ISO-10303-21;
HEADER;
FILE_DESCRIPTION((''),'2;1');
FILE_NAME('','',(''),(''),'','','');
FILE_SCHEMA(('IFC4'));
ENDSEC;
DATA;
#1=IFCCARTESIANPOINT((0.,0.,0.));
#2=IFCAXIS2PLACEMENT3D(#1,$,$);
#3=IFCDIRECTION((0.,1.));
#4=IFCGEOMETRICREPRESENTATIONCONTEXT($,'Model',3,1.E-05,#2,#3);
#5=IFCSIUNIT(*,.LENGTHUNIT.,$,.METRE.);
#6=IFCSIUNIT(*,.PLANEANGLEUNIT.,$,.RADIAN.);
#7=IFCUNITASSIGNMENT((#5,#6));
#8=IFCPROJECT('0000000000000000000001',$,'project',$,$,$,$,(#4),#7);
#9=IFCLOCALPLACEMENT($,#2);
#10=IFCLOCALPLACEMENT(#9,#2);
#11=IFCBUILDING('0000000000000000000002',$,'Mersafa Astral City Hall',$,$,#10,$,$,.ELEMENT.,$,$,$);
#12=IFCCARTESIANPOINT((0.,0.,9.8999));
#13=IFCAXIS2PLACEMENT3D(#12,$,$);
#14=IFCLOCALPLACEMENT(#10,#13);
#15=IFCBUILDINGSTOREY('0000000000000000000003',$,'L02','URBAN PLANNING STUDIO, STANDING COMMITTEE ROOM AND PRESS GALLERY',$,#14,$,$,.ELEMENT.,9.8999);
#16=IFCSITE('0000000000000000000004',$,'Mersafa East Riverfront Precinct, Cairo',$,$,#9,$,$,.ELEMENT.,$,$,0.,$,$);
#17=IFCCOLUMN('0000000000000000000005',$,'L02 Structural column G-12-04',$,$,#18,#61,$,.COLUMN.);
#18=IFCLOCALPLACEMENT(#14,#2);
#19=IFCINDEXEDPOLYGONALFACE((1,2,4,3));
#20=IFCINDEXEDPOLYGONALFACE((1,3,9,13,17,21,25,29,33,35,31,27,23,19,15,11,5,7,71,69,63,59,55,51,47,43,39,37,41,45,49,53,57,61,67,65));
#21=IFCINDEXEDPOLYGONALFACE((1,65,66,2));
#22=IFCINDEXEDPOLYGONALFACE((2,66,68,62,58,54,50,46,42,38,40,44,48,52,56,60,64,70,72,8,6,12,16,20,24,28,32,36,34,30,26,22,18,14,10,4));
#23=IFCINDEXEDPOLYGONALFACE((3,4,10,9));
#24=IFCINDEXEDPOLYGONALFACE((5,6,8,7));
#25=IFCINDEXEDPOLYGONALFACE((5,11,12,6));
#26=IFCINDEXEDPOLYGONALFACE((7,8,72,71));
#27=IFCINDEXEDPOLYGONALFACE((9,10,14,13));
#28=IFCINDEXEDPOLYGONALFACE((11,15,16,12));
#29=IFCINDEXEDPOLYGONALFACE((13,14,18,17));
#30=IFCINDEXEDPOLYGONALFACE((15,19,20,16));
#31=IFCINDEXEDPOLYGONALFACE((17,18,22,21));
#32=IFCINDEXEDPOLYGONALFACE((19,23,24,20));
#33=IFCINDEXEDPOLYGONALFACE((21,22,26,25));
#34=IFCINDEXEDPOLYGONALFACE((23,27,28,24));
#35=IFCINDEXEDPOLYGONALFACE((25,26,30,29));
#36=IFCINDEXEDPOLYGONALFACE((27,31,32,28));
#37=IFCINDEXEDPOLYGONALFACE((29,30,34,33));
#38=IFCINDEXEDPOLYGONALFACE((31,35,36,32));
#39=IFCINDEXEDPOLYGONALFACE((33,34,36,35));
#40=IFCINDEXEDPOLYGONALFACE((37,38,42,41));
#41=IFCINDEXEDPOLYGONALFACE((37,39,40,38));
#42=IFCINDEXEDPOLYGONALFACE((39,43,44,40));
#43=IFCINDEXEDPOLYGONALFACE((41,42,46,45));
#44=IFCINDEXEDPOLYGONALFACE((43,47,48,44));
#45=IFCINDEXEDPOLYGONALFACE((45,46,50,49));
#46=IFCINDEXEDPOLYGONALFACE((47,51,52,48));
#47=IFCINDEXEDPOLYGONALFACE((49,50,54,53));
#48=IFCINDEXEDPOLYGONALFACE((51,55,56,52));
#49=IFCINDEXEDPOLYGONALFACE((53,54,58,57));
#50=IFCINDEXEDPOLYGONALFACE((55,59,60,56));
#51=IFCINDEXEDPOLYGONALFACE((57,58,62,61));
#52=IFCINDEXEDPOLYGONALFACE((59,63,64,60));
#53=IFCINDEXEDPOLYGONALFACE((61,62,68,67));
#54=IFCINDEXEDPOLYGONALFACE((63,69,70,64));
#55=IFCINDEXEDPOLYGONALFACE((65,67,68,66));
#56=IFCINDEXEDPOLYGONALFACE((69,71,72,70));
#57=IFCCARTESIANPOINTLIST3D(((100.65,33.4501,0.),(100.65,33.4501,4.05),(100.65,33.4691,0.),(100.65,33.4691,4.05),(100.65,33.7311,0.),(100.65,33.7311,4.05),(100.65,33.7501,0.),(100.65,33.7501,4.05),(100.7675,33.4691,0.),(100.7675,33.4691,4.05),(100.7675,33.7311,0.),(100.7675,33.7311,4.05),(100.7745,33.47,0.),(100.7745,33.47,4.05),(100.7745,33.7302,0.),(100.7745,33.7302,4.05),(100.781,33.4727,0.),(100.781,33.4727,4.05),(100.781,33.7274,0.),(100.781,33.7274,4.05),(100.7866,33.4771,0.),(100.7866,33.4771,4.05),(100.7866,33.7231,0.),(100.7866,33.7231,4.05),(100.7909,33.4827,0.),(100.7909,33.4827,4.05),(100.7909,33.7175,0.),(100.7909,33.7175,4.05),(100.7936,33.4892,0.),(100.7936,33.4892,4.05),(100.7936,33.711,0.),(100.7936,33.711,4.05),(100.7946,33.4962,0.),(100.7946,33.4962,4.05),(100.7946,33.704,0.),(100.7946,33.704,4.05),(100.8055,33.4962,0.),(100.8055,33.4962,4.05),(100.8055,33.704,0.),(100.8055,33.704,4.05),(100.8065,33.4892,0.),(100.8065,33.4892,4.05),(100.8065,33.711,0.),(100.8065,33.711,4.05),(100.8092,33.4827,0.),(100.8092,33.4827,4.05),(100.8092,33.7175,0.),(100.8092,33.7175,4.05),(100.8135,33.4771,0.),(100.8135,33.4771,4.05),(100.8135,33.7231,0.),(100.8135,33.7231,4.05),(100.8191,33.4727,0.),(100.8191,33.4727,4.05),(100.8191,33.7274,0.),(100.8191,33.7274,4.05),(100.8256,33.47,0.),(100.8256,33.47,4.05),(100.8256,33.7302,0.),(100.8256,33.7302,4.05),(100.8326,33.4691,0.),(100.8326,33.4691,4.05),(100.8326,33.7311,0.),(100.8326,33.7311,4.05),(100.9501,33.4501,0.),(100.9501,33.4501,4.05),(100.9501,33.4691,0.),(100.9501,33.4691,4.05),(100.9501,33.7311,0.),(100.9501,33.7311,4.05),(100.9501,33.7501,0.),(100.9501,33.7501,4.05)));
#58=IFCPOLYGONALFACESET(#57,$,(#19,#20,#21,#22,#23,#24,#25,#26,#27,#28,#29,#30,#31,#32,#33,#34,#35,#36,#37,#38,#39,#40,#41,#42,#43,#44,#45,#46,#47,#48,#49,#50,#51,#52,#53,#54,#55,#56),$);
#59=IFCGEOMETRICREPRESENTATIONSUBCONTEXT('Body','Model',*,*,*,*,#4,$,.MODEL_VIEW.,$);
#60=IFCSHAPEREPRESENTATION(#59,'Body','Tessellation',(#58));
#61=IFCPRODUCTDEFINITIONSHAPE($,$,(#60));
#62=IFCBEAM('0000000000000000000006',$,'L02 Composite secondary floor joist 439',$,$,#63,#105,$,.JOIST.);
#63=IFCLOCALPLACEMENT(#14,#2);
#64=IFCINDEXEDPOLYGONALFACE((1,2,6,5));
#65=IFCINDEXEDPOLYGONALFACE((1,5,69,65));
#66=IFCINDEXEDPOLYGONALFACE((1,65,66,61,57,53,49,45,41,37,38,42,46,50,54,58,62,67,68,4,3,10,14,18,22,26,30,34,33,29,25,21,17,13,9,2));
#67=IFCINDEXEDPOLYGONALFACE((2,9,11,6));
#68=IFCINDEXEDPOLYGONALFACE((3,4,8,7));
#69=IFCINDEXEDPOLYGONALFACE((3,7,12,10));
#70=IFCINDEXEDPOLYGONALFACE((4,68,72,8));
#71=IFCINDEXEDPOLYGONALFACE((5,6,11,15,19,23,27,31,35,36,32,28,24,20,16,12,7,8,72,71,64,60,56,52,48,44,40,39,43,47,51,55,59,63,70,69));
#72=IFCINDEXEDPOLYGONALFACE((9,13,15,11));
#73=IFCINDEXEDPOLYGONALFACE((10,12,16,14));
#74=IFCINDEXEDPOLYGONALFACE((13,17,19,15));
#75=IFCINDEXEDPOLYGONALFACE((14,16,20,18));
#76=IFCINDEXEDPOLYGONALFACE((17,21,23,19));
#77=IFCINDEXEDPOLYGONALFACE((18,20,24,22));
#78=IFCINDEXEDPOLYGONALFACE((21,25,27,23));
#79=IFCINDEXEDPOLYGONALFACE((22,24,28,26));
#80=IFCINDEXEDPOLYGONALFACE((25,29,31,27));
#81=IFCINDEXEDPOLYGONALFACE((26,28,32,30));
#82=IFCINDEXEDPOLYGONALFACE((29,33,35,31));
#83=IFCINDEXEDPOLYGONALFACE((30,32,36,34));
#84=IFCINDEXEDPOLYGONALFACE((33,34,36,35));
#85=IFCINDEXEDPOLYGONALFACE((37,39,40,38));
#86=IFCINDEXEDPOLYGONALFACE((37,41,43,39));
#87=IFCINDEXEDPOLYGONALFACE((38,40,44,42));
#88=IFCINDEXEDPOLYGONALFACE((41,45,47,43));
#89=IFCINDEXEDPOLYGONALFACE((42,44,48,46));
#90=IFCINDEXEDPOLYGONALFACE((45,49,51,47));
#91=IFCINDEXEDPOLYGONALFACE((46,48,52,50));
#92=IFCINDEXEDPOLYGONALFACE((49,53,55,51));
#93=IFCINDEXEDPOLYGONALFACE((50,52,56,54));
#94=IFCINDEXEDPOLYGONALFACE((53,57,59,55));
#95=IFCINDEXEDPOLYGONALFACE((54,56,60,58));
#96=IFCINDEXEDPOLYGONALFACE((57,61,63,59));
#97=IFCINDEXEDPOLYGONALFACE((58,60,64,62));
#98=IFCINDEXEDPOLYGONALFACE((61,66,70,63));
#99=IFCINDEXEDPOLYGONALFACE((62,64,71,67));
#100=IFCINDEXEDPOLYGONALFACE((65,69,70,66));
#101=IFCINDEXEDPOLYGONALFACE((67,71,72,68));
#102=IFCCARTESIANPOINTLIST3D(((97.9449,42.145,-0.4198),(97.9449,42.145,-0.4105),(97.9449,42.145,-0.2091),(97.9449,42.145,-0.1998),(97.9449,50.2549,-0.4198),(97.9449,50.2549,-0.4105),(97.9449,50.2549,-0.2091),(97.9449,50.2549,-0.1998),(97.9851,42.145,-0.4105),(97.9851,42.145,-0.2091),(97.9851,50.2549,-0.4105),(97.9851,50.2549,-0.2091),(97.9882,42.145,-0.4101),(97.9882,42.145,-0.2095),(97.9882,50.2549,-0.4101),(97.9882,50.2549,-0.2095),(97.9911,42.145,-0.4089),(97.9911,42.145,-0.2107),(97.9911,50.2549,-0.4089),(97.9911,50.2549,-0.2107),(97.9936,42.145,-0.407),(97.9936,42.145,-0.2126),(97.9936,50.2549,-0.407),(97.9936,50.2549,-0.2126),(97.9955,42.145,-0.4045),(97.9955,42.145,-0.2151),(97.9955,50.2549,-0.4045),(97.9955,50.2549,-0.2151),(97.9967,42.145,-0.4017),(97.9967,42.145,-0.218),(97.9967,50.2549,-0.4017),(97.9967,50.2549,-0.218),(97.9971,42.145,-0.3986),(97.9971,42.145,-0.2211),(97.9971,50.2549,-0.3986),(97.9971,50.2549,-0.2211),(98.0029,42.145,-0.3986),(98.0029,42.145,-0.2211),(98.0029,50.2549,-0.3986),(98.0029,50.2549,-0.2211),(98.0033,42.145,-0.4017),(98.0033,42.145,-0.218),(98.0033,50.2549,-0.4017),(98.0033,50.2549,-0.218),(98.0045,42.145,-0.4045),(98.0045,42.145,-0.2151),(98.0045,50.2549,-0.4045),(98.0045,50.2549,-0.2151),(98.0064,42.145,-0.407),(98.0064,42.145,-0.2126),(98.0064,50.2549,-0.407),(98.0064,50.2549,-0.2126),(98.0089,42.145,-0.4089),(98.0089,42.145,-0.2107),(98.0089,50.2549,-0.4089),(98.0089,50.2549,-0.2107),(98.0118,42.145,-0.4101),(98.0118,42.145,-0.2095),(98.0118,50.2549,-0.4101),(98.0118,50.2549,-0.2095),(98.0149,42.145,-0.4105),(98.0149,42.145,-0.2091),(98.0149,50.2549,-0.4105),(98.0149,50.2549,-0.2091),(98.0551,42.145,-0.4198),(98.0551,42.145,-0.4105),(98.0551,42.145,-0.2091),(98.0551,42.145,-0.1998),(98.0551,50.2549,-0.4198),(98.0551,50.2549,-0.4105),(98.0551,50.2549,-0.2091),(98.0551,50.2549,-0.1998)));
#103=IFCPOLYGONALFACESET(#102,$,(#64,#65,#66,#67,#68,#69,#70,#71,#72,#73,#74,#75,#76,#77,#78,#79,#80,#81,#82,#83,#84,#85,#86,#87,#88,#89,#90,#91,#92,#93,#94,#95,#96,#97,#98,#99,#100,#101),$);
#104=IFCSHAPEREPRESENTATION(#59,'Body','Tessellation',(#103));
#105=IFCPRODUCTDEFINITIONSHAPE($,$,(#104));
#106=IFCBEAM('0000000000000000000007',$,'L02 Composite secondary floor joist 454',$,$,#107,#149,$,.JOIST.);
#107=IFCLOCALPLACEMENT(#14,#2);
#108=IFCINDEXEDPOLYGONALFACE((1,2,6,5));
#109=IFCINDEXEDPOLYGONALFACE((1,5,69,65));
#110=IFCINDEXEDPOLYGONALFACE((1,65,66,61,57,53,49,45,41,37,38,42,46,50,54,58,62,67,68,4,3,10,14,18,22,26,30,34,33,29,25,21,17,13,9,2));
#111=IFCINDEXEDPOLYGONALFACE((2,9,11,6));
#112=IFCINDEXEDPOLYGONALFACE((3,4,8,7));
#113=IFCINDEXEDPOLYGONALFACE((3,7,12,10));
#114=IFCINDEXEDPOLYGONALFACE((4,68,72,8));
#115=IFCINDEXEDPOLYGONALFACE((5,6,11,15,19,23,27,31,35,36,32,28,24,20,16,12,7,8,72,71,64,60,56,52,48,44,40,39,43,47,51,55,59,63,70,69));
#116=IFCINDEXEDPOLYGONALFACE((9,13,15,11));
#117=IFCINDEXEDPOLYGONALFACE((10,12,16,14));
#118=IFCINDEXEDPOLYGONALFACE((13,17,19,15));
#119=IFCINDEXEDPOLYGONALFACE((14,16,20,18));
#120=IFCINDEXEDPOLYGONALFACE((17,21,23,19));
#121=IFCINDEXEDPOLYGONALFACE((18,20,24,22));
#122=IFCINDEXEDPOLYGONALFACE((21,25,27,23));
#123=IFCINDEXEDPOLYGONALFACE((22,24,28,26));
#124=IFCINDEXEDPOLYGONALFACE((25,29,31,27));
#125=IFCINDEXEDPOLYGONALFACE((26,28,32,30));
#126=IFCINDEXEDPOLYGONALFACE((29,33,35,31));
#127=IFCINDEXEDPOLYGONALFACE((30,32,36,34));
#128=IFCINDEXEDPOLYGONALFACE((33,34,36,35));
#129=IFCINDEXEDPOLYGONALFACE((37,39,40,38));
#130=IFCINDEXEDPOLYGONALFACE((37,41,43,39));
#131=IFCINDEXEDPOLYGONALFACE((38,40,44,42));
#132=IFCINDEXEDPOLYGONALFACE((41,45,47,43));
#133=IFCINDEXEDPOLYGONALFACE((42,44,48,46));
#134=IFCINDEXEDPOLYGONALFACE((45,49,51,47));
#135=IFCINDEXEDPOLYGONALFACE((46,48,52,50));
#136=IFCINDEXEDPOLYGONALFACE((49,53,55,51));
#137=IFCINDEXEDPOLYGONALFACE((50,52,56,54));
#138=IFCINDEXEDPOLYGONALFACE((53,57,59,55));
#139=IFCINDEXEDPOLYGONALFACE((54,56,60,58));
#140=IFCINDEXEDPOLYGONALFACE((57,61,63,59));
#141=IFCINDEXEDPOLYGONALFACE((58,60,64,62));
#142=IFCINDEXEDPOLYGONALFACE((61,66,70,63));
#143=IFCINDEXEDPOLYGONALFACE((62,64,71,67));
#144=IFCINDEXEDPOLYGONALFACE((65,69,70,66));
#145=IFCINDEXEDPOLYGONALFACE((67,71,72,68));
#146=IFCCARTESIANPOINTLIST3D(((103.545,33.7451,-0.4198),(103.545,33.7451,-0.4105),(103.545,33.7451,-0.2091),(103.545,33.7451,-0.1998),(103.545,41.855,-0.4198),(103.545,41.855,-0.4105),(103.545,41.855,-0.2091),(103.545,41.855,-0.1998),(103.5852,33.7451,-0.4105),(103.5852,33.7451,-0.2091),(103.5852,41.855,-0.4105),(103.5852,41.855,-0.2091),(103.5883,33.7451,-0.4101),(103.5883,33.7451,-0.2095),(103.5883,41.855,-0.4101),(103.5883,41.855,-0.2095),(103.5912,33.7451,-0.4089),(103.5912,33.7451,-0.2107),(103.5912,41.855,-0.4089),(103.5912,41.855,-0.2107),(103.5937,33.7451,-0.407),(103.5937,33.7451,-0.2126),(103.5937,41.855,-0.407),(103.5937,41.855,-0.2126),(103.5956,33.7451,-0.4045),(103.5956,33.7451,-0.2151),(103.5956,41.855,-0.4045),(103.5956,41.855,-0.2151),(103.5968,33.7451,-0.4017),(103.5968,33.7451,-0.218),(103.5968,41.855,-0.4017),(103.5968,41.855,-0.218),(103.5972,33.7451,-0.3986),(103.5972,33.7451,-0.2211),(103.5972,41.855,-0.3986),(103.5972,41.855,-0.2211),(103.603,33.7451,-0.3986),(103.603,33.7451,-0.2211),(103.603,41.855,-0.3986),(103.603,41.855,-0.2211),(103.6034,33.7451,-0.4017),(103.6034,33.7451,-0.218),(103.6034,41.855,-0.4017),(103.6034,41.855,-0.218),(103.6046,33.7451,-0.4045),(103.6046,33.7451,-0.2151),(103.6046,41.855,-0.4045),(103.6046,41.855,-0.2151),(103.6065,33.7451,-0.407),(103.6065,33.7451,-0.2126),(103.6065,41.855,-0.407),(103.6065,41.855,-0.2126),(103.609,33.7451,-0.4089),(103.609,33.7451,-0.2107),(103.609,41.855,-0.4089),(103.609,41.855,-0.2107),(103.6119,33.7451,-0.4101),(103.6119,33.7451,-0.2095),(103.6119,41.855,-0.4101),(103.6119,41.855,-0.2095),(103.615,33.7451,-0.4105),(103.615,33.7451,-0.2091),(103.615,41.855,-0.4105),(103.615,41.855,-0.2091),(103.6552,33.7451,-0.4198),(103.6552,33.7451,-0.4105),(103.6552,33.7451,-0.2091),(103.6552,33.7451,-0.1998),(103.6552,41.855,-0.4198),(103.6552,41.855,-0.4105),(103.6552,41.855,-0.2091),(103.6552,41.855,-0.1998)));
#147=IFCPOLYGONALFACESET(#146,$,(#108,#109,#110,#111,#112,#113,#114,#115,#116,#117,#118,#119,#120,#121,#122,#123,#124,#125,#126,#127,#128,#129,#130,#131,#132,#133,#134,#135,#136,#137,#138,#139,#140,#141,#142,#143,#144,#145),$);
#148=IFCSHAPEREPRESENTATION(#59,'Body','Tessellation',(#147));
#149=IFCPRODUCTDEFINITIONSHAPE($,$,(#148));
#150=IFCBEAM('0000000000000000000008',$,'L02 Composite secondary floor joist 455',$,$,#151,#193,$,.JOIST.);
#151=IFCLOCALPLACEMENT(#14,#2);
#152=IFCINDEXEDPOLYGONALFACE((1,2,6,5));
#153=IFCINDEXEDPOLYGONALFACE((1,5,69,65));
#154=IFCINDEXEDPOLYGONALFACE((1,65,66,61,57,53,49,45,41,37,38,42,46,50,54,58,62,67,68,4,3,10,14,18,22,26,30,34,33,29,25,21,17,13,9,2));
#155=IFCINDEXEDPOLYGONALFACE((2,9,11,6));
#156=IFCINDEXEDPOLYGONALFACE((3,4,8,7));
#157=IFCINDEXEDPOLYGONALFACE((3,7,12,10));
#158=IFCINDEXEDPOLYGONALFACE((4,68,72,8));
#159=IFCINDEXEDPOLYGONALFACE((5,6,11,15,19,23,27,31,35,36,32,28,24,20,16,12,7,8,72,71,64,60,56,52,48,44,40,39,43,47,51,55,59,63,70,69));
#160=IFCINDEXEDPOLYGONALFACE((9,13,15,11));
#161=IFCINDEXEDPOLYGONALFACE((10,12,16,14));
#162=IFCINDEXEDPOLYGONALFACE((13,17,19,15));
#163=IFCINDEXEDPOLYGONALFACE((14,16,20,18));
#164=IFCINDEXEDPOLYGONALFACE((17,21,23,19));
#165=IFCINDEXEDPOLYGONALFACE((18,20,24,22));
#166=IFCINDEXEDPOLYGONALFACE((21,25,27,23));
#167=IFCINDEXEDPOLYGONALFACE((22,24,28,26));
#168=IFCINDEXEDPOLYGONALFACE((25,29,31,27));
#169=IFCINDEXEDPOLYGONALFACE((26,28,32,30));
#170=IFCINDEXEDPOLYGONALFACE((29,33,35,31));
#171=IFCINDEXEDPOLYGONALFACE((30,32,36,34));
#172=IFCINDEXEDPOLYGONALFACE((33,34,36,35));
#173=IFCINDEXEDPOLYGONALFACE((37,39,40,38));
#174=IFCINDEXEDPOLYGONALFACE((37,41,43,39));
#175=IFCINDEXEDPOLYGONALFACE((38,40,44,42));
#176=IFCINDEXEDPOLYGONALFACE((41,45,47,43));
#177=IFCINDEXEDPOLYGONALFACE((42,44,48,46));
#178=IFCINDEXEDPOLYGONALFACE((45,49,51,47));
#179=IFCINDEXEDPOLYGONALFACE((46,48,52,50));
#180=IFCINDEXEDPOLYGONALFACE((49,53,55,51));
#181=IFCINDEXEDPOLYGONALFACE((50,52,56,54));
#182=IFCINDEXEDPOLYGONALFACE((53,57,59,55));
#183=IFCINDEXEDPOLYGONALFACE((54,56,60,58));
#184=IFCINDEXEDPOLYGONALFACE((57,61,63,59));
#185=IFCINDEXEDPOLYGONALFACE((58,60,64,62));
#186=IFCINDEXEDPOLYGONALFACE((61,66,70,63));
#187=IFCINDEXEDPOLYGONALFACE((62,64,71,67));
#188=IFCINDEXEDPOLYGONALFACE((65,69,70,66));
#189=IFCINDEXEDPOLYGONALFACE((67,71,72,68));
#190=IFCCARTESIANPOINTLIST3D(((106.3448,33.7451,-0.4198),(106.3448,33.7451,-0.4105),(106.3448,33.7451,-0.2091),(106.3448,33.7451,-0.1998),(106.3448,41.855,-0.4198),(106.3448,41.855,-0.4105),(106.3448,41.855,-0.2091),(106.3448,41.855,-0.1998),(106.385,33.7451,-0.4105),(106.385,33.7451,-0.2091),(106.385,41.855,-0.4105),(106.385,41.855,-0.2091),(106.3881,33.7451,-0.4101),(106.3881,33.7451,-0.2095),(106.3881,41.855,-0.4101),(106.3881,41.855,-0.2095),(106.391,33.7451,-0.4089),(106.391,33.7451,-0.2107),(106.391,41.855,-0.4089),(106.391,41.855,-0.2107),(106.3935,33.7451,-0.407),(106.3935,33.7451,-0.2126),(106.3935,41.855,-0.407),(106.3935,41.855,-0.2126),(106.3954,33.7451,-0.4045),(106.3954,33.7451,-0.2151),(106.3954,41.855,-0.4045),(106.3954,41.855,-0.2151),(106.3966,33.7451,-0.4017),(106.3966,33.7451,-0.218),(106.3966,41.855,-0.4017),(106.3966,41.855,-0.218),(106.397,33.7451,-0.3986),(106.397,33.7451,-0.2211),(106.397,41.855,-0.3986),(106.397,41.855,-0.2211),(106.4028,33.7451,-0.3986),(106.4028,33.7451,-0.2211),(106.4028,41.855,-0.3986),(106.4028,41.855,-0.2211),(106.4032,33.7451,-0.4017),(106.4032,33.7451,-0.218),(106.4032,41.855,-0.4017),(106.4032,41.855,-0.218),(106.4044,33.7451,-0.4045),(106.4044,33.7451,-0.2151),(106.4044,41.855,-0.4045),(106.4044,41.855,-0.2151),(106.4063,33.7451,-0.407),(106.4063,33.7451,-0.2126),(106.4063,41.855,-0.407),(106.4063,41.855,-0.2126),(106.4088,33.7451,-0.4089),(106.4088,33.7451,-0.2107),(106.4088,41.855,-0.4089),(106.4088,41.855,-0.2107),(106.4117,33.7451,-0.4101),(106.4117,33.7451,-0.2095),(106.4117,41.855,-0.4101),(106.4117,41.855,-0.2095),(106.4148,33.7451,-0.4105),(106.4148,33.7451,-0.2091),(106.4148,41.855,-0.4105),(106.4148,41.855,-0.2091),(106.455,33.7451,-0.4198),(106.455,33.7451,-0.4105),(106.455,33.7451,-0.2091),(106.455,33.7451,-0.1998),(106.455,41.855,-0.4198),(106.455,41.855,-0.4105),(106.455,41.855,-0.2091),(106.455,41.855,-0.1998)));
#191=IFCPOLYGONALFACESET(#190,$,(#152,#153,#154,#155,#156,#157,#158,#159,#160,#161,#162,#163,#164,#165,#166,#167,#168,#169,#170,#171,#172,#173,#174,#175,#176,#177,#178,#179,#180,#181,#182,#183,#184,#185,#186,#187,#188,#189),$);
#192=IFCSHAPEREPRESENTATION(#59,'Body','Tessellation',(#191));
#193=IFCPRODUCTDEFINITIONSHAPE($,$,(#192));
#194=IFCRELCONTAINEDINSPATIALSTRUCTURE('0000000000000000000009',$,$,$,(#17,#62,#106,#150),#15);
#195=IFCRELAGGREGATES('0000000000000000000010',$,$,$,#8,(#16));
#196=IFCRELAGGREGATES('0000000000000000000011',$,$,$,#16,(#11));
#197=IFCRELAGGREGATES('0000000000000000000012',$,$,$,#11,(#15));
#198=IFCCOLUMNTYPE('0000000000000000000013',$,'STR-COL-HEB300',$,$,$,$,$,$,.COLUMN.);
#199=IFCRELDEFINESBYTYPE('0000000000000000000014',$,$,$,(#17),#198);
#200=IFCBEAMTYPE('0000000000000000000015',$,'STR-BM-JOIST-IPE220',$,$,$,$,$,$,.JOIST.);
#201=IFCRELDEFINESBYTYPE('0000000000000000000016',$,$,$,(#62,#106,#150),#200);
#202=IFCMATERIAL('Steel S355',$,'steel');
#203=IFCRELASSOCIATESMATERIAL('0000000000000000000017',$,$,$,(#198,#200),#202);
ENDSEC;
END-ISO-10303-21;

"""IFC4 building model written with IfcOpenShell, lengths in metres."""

from ifc_helpers import new_model, si_unit, direction, frame, origin, origin_2d, place, context, subcontext, project, spatial, i_section, extrude, material, material_profile, profile_set, type_object, element, save


model = new_model("IFC4")

# Units and contexts
model_context = context("Model", 3, precision=1e-05, world=origin(), true_north=direction((0.0, 1.0)))
body_context = subcontext(model_context, "Body", "Model", "MODEL_VIEW")
ifc_project = project(units=[si_unit("LENGTHUNIT", "METRE"), si_unit("PLANEANGLEUNIT", "RADIAN")], contexts=[model_context])

# Site, building, storey
site_placement = place(None, origin())
site = spatial("IfcSite", under=ifc_project, at=site_placement, Name="Mersafa East Riverfront Precinct, Cairo", CompositionType="ELEMENT", RefElevation=0.0)
building_placement = place(site_placement, origin())
building = spatial("IfcBuilding", under=site, at=building_placement, Name="Mersafa Astral City Hall", CompositionType="ELEMENT")
storey_placement = place(building_placement, frame((0.0, 0.0, 9.8999)))
storey = spatial("IfcBuildingStorey", under=building, at=storey_placement, Name="L02", Description="URBAN PLANNING STUDIO, STANDING COMMITTEE ROOM AND PRESS GALLERY", CompositionType="ELEMENT", Elevation=9.8999)

# Column
ifc_material_1 = material(Name="Steel S355", Category="steel")
ifc_material_profile_1 = material_profile(ifc_material_1, i_section(OverallWidth=0.3, OverallDepth=0.3, WebThickness=0.011, FlangeThickness=0.019, FilletRadius=0.0271, at=origin_2d()), Name="HEB 300")
ifc_profile_set_1 = profile_set([ifc_material_profile_1], Name="Steel S355")
column_type = type_object("IfcColumnType", Name="STR-COL-HEB300", PredefinedType="COLUMN", material=ifc_profile_set_1)
column_placement = place(storey_placement, frame((100.8, 33.6001, 0.0), z_axis=(0.0, 0.0, 1.0), x_axis=(1.0, 0.0, 0.0)))
element("IfcColumn", 1, at=column_placement, inside=storey, type_object=column_type, Name="L02 Structural column G-12-04", PredefinedType="COLUMN", context=body_context, shape_type="SweptSolid", body=[
    extrude(i_section(OverallWidth=0.3, OverallDepth=0.3, WebThickness=0.011, FlangeThickness=0.019, FilletRadius=0.0271, at=origin_2d()), origin(), (0.0, 0.0, 1.0), 4.05),
])

# Beams
ifc_material_profile_2 = material_profile(ifc_material_1, i_section(OverallWidth=0.1101, OverallDepth=0.22, WebThickness=0.0059, FlangeThickness=0.0093, FilletRadius=0.012, at=origin_2d()), Name="IPE 220")
ifc_profile_set_2 = profile_set([ifc_material_profile_2], Name="Steel S355")
beam_type_1 = type_object("IfcBeamType", Name="STR-BM-JOIST-IPE220", PredefinedType="JOIST", material=ifc_profile_set_2)
for number, where, z_axis, x_axis, name in (
    (2, (98.0, 42.145, -0.3098), (0.0, 1.0, 0.0), (-1.0, 0.0, 0.0), "L02 Composite secondary floor joist 439"),
    (3, (103.6001, 33.7451, -0.3098), (0.0, 1.0, 0.0), (-1.0, 0.0, 0.0), "L02 Composite secondary floor joist 454"),
    (4, (106.3999, 33.7451, -0.3098), (0.0, 1.0, 0.0), (-1.0, 0.0, 0.0), "L02 Composite secondary floor joist 455"),
):
    element("IfcBeam", number, at=place(storey_placement, frame(where, z_axis=z_axis, x_axis=x_axis)), inside=storey, type_object=beam_type_1, Name=name, PredefinedType="JOIST", context=body_context, shape_type="SweptSolid", body=[
        extrude(i_section(OverallWidth=0.1101, OverallDepth=0.22, WebThickness=0.0059, FlangeThickness=0.0093, FilletRadius=0.012, at=origin_2d()), origin(), (0.0, 0.0, 1.0), 8.1099),
    ])

save(model, "model.ifc")
